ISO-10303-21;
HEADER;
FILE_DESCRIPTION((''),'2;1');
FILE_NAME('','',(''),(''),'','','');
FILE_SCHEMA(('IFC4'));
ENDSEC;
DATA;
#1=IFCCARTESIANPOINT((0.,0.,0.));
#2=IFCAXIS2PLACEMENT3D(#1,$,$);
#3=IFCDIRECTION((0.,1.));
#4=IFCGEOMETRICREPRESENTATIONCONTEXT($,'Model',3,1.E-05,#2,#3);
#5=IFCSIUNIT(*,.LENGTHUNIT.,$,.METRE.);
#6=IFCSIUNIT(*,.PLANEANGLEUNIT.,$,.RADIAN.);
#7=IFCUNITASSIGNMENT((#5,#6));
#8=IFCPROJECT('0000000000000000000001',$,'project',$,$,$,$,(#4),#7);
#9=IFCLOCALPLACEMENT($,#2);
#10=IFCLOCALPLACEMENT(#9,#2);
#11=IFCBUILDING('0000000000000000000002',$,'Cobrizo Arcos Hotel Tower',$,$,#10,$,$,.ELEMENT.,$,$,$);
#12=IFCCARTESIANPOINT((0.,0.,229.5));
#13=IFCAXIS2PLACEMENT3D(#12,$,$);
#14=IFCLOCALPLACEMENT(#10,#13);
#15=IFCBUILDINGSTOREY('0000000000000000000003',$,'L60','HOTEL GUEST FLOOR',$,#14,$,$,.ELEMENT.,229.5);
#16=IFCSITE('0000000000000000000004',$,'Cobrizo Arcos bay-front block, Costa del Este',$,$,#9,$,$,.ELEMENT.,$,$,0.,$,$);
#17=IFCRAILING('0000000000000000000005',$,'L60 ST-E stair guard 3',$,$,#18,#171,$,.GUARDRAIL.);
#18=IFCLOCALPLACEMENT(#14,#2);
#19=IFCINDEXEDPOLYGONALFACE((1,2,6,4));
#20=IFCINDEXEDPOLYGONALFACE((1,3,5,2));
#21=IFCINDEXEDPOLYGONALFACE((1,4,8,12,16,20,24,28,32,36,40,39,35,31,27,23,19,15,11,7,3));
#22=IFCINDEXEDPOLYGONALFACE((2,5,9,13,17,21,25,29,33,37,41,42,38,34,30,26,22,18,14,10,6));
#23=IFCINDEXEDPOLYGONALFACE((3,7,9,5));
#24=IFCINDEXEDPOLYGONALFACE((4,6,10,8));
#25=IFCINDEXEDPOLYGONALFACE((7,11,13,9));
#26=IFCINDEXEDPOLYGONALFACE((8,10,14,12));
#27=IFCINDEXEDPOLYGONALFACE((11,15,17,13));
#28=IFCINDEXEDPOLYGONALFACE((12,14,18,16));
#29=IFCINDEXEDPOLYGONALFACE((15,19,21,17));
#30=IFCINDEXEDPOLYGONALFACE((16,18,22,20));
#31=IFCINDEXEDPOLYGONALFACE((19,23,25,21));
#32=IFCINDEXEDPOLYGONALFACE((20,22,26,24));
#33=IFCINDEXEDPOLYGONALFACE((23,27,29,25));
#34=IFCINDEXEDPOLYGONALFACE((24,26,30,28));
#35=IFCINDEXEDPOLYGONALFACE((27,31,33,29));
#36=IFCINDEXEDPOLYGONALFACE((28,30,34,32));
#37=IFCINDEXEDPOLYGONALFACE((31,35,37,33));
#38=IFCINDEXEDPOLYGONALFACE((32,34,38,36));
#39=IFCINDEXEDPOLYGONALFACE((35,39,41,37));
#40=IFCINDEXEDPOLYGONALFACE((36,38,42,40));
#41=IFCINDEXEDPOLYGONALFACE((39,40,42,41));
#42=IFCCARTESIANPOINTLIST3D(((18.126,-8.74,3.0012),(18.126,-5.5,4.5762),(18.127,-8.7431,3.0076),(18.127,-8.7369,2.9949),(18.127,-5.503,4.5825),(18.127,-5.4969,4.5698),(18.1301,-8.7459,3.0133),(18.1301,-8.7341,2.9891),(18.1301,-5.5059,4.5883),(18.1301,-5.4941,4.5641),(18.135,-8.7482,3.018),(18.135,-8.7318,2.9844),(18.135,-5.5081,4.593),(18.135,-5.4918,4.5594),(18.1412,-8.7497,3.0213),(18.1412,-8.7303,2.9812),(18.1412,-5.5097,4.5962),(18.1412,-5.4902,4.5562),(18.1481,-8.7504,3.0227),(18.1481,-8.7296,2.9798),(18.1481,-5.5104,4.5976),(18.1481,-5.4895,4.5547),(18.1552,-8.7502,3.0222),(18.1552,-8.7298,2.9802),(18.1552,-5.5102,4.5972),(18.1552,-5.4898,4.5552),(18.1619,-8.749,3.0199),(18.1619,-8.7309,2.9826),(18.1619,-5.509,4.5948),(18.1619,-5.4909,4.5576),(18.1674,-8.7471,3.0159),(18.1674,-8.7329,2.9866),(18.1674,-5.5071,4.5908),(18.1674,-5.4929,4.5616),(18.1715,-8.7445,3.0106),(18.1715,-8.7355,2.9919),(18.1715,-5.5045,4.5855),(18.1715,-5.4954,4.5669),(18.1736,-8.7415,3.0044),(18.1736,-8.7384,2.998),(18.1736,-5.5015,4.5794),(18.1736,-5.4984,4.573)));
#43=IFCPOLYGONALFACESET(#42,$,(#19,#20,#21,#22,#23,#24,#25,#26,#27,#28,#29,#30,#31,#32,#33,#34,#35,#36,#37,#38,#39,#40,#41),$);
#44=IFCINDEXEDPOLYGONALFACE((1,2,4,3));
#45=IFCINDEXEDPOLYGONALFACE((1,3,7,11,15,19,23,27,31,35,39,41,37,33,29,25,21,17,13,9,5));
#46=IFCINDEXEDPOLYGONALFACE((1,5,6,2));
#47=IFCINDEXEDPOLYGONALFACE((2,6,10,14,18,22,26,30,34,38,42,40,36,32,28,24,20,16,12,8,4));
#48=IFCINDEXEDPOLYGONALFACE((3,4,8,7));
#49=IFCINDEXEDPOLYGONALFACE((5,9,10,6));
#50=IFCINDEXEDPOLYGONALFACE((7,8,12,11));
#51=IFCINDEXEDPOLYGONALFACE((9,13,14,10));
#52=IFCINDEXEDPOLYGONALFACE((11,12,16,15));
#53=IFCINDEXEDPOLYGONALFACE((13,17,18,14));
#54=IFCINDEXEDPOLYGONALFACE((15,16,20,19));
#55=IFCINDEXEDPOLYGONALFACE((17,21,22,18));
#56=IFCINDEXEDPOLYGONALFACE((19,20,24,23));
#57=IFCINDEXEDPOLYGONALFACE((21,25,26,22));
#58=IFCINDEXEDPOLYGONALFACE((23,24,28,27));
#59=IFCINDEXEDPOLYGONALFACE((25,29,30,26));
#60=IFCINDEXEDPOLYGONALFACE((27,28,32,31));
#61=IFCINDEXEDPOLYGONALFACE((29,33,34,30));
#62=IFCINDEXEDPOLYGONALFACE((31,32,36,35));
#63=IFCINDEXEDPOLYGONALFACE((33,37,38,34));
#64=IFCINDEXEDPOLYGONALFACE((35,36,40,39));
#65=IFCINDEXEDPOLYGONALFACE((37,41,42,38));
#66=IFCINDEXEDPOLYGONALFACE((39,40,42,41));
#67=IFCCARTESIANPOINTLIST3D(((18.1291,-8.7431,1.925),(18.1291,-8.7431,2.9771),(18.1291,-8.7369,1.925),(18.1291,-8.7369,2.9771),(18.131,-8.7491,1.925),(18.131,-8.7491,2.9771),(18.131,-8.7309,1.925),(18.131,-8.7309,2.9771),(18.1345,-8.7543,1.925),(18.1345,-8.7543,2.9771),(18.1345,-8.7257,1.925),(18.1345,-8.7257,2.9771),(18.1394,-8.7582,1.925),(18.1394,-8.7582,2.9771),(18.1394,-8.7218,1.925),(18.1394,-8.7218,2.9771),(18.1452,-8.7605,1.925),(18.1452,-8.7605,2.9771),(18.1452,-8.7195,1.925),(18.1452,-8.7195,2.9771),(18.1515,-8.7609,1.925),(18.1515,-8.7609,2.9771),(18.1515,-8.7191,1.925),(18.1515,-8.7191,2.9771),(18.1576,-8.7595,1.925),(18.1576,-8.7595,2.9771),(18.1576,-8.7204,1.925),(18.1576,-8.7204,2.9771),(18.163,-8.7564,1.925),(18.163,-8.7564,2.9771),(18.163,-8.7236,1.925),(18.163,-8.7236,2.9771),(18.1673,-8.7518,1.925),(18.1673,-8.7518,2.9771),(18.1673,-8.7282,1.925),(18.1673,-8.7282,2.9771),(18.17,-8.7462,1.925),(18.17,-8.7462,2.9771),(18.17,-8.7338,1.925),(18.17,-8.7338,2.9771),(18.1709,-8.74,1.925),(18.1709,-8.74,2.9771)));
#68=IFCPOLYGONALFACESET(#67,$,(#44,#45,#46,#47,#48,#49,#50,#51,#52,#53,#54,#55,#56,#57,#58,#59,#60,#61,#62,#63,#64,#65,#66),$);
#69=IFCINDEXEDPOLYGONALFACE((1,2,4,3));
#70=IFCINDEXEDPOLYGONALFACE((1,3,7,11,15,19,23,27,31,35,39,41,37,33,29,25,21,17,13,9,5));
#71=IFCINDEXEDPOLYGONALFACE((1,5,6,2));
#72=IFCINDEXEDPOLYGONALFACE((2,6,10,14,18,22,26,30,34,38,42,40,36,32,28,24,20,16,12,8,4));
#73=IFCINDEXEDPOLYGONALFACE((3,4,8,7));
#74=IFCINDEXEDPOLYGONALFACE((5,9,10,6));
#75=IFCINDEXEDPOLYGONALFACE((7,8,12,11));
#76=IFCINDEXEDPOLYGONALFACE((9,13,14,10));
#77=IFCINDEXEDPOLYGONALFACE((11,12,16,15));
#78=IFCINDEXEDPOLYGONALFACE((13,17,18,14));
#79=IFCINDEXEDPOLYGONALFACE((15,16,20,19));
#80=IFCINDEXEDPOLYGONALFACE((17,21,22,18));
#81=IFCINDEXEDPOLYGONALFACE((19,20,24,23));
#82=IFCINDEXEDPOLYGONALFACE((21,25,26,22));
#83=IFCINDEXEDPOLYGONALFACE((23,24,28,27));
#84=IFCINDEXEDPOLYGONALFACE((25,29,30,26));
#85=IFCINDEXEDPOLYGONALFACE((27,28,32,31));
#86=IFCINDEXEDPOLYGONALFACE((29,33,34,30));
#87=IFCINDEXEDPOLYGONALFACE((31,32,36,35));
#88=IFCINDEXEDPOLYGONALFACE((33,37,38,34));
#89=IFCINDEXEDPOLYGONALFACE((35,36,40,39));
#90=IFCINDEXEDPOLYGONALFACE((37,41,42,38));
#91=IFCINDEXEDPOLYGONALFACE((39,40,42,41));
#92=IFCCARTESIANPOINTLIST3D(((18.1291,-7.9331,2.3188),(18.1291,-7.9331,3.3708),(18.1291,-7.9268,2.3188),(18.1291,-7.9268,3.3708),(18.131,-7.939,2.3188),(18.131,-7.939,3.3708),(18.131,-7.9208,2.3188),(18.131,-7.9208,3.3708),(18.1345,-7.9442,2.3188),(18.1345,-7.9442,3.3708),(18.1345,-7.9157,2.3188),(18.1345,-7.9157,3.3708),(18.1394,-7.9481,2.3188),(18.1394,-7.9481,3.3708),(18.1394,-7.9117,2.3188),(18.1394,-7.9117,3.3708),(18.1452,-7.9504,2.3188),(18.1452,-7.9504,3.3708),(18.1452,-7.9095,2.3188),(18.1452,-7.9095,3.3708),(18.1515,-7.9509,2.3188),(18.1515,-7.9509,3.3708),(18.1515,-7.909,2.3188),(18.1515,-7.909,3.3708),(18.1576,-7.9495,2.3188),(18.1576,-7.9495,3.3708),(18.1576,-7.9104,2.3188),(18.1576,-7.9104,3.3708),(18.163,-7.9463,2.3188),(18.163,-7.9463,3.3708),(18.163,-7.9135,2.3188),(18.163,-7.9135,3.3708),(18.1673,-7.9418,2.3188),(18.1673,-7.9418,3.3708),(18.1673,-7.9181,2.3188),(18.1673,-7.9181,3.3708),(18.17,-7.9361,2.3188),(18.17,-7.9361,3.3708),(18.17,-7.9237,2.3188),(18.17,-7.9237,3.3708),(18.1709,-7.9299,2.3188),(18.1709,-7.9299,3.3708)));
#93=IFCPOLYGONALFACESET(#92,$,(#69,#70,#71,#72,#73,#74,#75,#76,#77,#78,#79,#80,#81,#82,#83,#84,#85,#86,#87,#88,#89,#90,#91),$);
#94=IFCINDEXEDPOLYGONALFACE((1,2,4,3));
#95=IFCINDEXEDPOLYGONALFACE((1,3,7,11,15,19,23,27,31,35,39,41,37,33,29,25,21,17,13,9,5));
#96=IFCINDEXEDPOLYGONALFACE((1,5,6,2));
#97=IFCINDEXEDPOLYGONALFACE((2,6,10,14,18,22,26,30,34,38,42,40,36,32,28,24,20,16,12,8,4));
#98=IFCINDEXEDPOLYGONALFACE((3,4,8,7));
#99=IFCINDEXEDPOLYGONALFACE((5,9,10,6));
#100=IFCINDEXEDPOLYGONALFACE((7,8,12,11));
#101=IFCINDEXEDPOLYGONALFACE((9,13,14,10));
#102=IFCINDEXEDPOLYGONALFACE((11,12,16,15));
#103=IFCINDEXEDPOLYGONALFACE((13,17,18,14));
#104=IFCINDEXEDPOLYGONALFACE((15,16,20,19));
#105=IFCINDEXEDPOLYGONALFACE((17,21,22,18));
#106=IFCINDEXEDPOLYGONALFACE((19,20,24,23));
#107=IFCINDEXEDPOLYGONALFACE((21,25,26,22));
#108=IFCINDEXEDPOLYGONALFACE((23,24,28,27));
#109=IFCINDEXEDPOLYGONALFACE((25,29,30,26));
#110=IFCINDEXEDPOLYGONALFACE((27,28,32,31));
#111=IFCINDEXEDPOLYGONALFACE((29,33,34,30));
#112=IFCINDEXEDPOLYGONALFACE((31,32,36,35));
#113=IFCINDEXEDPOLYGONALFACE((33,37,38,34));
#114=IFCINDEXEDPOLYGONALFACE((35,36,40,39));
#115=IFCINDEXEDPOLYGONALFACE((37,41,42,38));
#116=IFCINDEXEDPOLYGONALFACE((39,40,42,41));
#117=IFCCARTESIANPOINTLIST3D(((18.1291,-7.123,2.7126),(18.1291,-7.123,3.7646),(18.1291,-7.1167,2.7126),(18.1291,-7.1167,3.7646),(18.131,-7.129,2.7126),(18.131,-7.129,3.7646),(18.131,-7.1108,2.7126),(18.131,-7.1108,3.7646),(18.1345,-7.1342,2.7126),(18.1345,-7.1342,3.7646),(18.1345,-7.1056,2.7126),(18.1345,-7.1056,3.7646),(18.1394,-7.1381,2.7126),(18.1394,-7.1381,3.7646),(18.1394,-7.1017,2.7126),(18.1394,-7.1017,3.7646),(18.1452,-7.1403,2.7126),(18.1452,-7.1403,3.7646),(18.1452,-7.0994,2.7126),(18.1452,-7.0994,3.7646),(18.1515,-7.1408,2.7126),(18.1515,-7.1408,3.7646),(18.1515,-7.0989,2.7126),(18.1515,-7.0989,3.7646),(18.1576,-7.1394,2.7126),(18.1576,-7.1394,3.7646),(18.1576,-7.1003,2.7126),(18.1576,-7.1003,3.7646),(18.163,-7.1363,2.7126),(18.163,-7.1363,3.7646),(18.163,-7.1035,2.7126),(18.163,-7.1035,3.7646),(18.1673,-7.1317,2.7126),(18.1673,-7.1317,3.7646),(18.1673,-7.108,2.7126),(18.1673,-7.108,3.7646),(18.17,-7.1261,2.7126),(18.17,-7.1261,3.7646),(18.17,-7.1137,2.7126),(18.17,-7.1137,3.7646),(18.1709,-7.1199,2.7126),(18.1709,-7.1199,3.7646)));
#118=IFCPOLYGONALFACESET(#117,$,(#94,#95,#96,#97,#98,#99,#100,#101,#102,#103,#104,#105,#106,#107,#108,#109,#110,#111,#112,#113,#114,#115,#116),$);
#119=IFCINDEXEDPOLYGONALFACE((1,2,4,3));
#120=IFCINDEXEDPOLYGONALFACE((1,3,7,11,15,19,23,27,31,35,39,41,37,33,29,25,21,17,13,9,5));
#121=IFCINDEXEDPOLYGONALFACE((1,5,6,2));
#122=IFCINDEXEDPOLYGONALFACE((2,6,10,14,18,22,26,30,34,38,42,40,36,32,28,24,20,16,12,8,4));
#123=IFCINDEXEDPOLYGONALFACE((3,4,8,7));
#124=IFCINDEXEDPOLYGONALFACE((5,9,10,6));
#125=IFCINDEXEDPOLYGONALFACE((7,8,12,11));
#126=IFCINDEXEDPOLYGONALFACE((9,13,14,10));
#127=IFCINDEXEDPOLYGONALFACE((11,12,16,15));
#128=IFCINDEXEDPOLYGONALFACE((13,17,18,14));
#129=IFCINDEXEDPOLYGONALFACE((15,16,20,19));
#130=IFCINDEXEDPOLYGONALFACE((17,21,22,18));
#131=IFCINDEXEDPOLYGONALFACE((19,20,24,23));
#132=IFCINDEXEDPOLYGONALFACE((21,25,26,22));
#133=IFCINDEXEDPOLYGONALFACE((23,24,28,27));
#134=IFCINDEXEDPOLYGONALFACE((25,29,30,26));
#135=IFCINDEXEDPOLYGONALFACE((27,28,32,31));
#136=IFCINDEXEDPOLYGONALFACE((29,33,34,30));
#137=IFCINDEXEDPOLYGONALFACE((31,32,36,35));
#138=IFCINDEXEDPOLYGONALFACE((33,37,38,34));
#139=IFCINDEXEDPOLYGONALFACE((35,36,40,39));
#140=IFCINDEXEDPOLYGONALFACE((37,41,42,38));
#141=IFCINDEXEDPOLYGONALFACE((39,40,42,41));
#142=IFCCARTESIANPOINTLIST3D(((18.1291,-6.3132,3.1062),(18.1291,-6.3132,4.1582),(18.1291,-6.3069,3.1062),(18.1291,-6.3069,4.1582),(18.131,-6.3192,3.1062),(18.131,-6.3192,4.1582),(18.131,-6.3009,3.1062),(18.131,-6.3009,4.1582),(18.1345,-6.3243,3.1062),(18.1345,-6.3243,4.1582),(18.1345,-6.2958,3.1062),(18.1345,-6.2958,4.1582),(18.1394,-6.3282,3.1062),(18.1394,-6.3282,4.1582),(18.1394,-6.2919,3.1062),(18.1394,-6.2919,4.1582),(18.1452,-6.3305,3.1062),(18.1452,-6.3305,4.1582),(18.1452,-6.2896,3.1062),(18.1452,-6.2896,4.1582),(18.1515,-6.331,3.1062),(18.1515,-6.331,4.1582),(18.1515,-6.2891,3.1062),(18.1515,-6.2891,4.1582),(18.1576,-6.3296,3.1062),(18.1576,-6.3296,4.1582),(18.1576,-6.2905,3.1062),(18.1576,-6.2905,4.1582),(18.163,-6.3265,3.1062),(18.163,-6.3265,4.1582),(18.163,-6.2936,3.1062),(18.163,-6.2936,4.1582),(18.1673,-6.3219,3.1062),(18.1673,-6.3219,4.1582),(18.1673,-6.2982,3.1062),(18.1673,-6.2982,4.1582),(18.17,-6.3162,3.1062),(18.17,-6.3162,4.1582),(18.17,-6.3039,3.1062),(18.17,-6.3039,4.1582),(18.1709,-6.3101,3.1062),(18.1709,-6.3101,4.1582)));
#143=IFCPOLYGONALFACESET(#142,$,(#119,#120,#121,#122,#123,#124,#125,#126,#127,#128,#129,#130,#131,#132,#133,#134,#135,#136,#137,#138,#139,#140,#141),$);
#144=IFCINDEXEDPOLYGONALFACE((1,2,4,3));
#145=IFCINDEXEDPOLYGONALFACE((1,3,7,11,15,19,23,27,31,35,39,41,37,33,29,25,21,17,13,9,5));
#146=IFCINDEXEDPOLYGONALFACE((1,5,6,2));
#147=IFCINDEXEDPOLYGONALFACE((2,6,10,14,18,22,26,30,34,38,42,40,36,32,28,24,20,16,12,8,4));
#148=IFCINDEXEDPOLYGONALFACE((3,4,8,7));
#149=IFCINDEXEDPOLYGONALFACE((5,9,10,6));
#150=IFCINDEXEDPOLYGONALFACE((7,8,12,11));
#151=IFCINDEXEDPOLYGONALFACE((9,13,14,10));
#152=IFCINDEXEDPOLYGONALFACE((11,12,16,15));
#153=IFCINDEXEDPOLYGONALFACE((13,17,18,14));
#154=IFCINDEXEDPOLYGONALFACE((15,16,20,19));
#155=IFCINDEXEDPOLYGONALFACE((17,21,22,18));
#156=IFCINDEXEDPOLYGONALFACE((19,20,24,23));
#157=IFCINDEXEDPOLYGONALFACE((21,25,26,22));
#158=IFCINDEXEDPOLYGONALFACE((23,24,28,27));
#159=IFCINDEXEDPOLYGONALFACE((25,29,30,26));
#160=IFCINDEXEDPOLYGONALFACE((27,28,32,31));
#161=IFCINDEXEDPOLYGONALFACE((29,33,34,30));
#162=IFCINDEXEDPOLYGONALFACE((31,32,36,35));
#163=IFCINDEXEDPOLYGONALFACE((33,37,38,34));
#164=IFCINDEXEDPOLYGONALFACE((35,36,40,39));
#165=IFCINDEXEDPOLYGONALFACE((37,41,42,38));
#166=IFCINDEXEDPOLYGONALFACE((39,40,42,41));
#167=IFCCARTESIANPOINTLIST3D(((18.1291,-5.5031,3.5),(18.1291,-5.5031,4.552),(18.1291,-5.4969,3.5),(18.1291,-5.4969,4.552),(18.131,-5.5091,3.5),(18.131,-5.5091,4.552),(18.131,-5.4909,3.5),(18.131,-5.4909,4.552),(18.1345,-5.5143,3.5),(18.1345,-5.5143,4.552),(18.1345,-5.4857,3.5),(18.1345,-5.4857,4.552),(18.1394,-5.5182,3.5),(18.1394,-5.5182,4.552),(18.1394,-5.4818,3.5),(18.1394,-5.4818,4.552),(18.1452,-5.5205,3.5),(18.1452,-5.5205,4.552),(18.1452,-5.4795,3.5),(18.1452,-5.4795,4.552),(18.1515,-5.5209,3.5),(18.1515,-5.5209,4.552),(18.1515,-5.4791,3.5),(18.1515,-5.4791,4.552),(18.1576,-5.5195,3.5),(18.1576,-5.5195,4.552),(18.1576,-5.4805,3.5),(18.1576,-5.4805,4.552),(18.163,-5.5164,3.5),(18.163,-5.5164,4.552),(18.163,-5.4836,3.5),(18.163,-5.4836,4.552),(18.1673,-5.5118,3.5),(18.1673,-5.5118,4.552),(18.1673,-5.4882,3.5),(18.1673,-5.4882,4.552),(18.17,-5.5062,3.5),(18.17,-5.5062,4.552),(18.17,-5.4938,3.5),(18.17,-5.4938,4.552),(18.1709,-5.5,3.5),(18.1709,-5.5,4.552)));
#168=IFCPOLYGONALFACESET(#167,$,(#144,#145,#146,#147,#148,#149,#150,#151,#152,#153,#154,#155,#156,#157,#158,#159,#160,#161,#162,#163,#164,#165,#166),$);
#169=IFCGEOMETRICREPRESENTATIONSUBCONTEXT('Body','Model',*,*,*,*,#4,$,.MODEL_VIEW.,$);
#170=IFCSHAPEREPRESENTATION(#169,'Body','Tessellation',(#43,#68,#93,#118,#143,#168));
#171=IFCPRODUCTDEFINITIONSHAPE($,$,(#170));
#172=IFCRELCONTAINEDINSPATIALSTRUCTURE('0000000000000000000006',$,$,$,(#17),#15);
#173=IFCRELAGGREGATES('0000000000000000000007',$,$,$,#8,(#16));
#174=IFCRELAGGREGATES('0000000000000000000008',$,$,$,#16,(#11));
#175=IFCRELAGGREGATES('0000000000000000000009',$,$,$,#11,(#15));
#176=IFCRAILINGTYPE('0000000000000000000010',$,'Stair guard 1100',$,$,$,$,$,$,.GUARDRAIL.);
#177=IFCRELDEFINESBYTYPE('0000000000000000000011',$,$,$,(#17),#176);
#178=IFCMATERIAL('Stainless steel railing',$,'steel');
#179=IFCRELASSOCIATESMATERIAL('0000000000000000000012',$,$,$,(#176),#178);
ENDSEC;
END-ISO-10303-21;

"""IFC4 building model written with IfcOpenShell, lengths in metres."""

from ifc_helpers import new_model, si_unit, direction, frame, origin, origin_2d, place, context, subcontext, project, spatial, circle, extrude, material, type_object, element, save


model = new_model("IFC4")

# Units and contexts
model_context = context("Model", 3, precision=1e-05, world=origin(), true_north=direction((0.0, 1.0)))
body_context = subcontext(model_context, "Body", "Model", "MODEL_VIEW")
ifc_project = project(units=[si_unit("LENGTHUNIT", "METRE"), si_unit("PLANEANGLEUNIT", "RADIAN")], contexts=[model_context])

# Site, building, storey
site_placement = place(None, origin())
site = spatial("IfcSite", under=ifc_project, at=site_placement, Name="Cobrizo Arcos bay-front block, Costa del Este", CompositionType="ELEMENT", RefElevation=0.0)
building_placement = place(site_placement, origin())
building = spatial("IfcBuilding", under=site, at=building_placement, Name="Cobrizo Arcos Hotel Tower", CompositionType="ELEMENT")
storey_placement = place(building_placement, frame((0.0, 0.0, 229.5)))
storey = spatial("IfcBuildingStorey", under=building, at=storey_placement, Name="L60", Description="HOTEL GUEST FLOOR", CompositionType="ELEMENT", Elevation=229.5)

# Railing
ifc_material_1 = material(Name="Stainless steel railing", Category="steel")
railing_type_1 = type_object("IfcRailingType", Name="Stair guard 1100", PredefinedType="GUARDRAIL", material=ifc_material_1)
railing_1_placement = place(storey_placement, frame((18.1499, -8.74, 1.925)))
element("IfcRailing", 1, at=railing_1_placement, inside=storey, type_object=railing_type_1, Name="L60 ST-E stair guard 3", PredefinedType="GUARDRAIL", context=body_context, shape_type="SweptSolid", body=[
    extrude(circle(Radius=0.0239, at=origin_2d()), frame((0.0, 0.0, 1.0762), z_axis=(0.0, 0.899373, 0.437183), x_axis=(-1.0, 0.0, 0.0)), (0.0, 0.0, 1.0), 3.6025),
    extrude(circle(Radius=0.021, at=origin_2d()), origin(), (0.0, 0.0, 1.0), 1.052),
    extrude(circle(Radius=0.021, at=origin_2d()), frame((0.0, 0.8101, 0.3938)), (0.0, 0.0, 1.0), 1.052),
    extrude(circle(Radius=0.021, at=origin_2d()), frame((0.0, 1.6201, 0.7876)), (0.0, 0.0, 1.0), 1.052),
    extrude(circle(Radius=0.021, at=origin_2d()), frame((0.0, 2.4299, 1.1812)), (0.0, 0.0, 1.0), 1.052),
    extrude(circle(Radius=0.021, at=origin_2d()), frame((0.0, 3.24, 1.575)), (0.0, 0.0, 1.0), 1.052),
])

save(model, "model.ifc")
